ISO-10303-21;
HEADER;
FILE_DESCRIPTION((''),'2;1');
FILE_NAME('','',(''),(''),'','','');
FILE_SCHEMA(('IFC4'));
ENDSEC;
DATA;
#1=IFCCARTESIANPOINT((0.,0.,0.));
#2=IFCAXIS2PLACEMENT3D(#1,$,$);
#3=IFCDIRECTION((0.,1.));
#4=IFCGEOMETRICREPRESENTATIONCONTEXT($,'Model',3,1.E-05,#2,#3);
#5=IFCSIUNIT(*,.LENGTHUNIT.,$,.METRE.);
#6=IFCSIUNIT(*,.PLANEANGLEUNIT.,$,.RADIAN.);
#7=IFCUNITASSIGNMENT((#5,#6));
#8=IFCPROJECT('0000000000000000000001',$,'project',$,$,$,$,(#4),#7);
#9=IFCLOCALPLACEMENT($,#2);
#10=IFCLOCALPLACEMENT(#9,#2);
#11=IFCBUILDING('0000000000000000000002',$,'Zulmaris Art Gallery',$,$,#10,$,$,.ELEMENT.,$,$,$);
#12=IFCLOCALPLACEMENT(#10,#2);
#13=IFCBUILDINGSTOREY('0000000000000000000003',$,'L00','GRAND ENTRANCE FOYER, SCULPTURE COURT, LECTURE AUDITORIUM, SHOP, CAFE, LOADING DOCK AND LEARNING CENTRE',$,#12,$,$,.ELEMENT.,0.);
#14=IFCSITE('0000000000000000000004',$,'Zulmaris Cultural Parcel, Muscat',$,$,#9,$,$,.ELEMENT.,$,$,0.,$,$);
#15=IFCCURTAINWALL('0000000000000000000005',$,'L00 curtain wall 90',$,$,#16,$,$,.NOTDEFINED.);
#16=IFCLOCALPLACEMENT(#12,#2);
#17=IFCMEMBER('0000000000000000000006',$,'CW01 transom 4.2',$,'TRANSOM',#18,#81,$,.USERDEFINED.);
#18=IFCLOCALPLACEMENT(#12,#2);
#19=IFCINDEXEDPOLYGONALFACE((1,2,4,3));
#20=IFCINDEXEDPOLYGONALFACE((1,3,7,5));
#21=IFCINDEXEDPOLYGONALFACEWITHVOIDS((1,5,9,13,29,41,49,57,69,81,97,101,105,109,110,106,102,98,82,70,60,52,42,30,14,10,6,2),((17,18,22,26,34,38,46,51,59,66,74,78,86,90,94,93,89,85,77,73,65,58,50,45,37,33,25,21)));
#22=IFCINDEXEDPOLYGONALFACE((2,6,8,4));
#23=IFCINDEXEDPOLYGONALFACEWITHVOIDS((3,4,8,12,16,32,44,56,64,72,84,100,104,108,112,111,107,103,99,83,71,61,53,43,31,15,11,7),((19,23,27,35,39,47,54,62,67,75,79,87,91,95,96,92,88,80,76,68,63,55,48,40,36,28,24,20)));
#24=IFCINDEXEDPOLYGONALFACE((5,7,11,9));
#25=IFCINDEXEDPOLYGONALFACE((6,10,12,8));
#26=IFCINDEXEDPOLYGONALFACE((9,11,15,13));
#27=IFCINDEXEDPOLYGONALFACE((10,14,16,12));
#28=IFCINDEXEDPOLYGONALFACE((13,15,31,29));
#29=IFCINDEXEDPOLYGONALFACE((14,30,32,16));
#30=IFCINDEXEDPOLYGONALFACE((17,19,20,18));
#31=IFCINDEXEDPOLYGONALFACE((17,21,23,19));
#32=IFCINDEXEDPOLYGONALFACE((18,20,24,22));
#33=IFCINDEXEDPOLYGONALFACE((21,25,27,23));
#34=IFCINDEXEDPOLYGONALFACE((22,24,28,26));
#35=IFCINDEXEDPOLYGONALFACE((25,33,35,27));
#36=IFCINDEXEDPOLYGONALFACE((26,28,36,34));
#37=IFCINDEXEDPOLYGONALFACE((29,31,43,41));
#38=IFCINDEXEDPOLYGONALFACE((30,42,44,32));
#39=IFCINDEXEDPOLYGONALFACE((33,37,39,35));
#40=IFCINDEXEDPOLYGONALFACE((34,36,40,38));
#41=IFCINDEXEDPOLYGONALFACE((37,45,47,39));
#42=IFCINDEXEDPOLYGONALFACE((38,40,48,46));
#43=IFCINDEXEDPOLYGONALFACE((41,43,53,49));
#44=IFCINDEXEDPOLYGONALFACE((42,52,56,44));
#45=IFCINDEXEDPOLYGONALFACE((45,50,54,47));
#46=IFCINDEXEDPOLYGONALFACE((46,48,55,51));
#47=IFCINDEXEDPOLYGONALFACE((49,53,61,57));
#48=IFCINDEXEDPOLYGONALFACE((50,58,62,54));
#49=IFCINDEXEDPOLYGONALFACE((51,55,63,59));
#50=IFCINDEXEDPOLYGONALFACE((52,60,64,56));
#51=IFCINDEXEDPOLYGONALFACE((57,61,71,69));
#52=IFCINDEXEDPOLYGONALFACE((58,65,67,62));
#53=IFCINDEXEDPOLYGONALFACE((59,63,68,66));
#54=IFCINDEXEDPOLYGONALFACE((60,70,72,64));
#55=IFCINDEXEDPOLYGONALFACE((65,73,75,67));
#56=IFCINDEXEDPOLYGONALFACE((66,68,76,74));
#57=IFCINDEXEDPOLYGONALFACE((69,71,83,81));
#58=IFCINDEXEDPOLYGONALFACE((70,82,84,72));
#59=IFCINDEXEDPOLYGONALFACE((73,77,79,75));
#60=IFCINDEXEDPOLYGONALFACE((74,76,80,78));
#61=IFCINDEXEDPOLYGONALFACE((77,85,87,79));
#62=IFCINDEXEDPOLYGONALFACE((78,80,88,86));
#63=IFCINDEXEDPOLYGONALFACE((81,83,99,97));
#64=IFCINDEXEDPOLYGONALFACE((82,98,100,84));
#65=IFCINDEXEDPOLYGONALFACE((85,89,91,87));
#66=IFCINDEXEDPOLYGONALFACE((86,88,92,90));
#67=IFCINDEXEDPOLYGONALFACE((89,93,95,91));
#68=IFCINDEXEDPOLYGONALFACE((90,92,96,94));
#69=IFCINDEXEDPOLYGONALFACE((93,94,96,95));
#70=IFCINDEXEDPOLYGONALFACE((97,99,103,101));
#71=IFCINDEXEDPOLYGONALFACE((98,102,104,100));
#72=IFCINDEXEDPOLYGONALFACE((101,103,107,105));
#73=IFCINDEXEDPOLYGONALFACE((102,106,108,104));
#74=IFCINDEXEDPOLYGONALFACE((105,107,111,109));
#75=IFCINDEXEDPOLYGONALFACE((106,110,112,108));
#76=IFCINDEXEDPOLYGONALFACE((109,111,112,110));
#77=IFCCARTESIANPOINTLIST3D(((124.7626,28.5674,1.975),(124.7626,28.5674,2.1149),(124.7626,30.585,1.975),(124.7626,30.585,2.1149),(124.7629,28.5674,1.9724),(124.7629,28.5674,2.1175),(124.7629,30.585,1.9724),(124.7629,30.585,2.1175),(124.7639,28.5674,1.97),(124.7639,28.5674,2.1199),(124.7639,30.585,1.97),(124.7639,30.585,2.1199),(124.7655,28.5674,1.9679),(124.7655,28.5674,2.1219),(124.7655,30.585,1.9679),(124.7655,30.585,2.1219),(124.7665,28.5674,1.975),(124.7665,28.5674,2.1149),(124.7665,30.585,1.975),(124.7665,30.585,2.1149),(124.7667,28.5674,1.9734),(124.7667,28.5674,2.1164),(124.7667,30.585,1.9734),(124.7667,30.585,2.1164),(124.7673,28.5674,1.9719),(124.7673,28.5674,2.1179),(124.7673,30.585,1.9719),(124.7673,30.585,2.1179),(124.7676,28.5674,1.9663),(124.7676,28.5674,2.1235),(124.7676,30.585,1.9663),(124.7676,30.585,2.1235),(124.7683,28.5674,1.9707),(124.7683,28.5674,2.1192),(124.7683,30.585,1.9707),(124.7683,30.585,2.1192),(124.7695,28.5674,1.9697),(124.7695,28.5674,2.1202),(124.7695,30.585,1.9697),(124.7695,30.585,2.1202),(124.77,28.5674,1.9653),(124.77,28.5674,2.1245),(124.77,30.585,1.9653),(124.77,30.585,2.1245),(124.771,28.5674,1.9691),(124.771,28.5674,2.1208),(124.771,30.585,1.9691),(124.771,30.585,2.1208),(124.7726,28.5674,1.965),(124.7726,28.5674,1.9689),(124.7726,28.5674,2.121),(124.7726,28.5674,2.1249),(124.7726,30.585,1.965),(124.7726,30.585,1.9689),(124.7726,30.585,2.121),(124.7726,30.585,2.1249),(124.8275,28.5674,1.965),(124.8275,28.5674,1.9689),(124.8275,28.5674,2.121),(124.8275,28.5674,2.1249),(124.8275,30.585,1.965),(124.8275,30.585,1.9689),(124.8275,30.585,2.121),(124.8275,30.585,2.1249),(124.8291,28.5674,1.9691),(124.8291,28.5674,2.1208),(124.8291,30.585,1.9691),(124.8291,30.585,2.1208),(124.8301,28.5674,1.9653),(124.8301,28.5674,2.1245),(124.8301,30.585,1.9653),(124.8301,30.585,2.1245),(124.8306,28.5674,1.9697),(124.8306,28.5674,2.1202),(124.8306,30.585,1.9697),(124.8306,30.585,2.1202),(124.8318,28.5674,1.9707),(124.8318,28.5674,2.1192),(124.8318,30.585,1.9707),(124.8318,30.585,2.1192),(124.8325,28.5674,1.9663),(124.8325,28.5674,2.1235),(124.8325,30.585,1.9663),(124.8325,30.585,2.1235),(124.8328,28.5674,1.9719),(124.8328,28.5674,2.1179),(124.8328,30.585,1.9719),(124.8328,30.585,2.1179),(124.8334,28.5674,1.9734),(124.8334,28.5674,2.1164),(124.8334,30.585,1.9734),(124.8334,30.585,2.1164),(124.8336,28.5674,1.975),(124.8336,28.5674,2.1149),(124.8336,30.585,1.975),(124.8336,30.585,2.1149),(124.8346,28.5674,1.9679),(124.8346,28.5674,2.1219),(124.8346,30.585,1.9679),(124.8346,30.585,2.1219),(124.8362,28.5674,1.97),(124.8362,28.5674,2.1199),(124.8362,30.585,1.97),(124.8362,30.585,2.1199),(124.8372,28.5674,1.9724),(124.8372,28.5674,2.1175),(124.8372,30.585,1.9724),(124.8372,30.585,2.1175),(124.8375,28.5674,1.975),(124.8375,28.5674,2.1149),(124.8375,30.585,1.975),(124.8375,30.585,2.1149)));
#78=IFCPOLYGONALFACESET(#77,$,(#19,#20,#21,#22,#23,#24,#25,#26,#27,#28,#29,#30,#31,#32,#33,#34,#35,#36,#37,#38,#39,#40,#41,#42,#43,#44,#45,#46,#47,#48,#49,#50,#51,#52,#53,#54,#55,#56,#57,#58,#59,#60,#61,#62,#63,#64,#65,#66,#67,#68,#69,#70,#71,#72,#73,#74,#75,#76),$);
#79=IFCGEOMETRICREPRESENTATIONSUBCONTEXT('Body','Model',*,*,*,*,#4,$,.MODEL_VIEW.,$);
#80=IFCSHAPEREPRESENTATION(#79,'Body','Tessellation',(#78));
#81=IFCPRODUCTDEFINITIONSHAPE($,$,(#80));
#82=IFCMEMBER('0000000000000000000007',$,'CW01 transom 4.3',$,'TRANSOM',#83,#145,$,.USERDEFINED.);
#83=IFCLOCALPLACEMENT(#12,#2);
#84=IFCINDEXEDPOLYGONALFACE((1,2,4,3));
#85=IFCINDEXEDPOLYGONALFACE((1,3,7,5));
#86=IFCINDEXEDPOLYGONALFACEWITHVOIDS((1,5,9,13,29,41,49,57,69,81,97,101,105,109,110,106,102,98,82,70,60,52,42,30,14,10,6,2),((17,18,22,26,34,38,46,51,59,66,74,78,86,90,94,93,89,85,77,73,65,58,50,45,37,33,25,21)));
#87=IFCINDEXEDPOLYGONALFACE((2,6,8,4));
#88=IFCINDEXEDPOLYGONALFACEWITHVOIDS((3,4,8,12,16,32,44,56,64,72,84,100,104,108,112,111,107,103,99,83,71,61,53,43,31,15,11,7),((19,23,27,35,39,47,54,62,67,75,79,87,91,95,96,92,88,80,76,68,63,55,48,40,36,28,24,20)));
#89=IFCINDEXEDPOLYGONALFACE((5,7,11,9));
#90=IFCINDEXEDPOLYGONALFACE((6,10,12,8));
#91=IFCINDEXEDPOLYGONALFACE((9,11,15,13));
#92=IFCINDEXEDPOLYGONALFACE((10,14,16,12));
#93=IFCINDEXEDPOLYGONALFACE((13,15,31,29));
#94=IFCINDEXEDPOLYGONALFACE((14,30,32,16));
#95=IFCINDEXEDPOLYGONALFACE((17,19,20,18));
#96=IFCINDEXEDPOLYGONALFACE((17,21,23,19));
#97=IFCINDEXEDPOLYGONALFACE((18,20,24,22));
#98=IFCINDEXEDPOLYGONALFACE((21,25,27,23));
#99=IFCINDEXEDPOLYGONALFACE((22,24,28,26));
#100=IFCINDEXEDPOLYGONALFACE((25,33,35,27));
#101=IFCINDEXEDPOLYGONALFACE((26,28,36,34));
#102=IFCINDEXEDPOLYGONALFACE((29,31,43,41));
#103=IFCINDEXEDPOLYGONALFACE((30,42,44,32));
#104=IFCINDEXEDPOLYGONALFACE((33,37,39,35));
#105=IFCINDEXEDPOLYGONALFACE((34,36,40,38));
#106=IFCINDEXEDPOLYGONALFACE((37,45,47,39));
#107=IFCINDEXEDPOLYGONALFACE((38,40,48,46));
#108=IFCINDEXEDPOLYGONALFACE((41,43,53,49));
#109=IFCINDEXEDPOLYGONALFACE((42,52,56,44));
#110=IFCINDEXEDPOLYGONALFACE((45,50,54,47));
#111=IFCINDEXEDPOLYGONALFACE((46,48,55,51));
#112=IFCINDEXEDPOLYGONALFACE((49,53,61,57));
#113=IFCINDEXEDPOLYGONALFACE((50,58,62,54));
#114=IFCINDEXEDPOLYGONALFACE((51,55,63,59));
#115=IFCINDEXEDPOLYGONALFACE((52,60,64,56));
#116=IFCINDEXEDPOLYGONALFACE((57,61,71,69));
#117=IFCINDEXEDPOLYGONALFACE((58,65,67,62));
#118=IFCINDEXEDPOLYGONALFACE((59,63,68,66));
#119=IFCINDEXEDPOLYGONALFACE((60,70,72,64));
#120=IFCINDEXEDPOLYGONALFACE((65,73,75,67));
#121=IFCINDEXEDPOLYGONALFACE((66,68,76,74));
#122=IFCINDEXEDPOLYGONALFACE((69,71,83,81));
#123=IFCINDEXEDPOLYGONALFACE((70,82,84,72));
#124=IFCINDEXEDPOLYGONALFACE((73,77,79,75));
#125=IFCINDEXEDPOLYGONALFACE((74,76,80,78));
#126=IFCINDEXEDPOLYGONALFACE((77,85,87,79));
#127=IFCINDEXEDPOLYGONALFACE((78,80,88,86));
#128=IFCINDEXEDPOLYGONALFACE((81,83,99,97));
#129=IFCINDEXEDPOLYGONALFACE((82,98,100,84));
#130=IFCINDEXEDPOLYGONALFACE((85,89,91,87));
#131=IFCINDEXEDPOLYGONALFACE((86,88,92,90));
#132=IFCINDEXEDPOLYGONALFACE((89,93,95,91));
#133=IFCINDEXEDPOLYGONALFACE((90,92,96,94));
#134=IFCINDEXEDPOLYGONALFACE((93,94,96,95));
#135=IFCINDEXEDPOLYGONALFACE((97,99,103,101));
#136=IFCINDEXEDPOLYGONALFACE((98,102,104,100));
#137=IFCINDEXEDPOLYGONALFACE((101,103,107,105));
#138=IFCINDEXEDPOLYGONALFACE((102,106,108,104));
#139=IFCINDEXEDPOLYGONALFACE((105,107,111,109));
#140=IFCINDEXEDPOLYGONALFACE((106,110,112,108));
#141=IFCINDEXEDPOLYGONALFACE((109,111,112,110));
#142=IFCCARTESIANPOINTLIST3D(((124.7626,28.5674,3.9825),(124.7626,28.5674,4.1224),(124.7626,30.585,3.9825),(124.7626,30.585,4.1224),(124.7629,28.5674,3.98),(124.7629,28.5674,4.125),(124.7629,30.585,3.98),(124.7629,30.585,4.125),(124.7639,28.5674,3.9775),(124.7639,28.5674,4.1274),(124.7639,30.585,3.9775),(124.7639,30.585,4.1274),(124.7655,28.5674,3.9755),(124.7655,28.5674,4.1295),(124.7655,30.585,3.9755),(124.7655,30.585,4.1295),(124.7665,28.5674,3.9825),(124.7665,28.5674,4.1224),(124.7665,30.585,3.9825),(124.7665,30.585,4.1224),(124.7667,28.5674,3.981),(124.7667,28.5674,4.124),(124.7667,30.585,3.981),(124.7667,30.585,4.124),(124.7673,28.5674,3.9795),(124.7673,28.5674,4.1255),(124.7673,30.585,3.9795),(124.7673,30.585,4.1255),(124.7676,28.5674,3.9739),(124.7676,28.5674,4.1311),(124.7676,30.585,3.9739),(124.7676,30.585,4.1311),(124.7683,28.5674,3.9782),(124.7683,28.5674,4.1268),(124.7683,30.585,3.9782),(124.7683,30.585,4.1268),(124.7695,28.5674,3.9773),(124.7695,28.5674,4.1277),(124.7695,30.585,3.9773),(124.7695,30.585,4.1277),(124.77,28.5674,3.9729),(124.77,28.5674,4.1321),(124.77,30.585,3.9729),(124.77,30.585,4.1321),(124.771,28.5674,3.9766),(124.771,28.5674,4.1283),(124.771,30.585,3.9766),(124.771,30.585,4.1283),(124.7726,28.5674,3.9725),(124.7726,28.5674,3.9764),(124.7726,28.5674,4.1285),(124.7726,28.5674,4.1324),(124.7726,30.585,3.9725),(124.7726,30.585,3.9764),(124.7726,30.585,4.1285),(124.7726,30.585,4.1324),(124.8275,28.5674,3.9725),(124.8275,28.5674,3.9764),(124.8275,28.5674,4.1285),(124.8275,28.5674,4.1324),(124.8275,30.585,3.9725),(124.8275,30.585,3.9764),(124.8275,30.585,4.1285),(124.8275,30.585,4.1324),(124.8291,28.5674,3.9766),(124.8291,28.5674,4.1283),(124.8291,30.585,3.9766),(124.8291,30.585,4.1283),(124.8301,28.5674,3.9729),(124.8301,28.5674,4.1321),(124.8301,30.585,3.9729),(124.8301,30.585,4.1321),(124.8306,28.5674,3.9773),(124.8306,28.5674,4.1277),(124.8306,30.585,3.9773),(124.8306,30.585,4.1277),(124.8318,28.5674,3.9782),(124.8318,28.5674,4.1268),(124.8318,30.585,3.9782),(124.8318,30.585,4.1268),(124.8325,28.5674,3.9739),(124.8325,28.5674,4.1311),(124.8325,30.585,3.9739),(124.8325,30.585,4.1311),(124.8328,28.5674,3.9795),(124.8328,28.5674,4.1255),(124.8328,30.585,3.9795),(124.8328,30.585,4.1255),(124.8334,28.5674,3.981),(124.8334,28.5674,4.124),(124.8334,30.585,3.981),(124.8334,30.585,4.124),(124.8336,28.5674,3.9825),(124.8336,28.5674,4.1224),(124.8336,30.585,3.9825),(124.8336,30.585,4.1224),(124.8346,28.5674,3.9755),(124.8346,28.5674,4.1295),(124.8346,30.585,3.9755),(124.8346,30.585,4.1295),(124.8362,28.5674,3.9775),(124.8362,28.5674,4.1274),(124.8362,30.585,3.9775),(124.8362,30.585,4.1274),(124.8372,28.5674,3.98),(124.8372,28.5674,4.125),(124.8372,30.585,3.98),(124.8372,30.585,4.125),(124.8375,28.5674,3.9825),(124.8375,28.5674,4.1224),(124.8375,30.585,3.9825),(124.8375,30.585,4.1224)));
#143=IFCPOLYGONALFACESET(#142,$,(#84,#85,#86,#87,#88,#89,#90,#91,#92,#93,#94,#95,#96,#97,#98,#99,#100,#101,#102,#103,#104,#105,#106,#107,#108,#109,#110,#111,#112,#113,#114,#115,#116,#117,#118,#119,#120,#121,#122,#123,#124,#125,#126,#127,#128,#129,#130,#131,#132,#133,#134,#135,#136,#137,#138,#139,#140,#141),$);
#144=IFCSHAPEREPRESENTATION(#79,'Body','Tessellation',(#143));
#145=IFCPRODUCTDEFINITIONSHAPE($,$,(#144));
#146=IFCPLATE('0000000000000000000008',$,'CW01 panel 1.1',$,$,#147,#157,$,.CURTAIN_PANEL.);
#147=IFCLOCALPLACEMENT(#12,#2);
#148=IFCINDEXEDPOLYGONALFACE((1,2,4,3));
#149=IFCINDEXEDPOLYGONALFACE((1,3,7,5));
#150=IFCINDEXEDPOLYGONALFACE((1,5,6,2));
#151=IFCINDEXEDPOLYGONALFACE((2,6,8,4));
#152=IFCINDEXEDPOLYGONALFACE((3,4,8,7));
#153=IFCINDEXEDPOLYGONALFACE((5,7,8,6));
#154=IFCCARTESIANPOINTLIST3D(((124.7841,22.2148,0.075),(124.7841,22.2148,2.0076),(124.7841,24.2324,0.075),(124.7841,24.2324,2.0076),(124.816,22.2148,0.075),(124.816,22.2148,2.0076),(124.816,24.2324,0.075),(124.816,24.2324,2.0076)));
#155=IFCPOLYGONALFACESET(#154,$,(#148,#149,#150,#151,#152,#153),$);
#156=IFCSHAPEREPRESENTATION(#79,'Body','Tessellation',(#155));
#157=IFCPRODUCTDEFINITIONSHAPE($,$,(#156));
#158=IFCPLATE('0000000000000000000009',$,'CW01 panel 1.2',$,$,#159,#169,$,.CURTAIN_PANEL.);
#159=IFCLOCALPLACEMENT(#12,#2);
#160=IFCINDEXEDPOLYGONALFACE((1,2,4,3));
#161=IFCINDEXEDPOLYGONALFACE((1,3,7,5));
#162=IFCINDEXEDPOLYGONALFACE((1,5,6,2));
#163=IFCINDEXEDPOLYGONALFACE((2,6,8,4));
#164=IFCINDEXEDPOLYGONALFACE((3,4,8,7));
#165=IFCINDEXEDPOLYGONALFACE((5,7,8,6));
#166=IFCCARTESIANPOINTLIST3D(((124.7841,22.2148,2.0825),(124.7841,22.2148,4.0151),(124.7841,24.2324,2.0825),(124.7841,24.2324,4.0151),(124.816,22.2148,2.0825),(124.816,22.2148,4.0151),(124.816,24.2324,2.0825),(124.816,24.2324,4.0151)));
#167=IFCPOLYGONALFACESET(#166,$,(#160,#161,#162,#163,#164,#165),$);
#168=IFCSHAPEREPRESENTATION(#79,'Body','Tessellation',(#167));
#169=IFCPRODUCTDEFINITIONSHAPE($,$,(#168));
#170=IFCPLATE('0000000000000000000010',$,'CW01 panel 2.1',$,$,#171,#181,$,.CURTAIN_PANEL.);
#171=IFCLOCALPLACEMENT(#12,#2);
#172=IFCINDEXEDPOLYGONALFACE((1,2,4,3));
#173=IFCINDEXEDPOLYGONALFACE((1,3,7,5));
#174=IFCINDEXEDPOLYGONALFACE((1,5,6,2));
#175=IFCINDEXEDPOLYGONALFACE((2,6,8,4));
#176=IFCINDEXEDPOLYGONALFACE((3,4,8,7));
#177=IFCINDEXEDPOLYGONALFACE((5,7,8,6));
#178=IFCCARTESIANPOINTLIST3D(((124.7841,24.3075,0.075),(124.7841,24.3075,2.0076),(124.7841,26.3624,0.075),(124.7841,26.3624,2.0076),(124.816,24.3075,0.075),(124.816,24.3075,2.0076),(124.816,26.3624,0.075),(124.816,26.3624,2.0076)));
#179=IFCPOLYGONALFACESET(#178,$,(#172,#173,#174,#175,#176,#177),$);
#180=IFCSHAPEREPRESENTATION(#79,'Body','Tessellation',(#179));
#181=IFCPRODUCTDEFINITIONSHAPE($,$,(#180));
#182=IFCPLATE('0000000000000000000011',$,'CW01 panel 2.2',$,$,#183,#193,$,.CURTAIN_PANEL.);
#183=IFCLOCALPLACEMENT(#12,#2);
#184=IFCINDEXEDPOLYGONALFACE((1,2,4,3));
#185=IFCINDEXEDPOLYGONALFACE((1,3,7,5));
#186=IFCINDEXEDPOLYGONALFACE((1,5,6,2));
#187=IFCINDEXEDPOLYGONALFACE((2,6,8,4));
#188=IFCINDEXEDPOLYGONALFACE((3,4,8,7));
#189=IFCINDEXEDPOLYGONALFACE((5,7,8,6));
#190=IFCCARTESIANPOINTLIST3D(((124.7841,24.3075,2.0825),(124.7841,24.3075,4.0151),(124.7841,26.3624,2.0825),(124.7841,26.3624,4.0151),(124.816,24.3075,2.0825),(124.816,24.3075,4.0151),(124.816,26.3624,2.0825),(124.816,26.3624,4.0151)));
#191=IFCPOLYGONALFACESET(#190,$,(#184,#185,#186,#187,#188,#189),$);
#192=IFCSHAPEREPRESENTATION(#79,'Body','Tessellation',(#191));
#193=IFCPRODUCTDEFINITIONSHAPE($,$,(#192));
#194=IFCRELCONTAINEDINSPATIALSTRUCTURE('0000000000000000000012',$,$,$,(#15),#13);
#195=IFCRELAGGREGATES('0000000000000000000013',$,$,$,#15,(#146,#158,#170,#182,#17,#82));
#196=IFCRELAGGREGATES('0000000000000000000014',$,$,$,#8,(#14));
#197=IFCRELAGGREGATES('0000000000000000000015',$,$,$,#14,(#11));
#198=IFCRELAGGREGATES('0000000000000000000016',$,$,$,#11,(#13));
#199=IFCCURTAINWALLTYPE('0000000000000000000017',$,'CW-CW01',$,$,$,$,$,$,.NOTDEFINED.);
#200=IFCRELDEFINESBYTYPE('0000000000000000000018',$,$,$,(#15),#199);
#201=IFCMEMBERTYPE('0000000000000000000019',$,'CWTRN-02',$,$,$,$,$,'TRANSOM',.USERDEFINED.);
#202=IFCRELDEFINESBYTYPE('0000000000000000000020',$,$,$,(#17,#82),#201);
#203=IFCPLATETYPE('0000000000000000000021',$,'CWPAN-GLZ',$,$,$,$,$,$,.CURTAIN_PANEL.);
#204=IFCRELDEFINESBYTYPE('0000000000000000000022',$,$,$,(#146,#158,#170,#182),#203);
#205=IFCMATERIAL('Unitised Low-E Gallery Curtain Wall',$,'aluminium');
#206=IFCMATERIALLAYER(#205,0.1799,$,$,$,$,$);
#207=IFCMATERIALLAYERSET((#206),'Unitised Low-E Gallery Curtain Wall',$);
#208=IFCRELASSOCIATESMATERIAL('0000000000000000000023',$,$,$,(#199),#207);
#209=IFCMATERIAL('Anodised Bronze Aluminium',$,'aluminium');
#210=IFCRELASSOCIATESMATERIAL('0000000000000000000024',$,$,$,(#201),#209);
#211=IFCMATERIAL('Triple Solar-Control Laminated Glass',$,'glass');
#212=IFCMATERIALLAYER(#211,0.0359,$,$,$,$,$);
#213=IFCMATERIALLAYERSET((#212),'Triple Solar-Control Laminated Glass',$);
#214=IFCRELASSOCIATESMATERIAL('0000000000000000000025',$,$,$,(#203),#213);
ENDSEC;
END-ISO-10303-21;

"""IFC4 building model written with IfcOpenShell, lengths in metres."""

from ifc_helpers import new_model, si_unit, direction, frame, origin, origin_2d, place, context, subcontext, project, spatial, rectangle, hollow_rectangle, extrude, material, layer, layer_set, material_profile, profile_set, type_object, element, aggregate, save


model = new_model("IFC4")

# Units and contexts
model_context = context("Model", 3, precision=1e-05, world=origin(), true_north=direction((0.0, 1.0)))
body_context = subcontext(model_context, "Body", "Model", "MODEL_VIEW")
ifc_project = project(units=[si_unit("LENGTHUNIT", "METRE"), si_unit("PLANEANGLEUNIT", "RADIAN")], contexts=[model_context])

# Site, building, storey
site_placement = place(None, origin())
site = spatial("IfcSite", under=ifc_project, at=site_placement, Name="Zulmaris Cultural Parcel, Muscat", CompositionType="ELEMENT", RefElevation=0.0)
building_placement = place(site_placement, origin())
building = spatial("IfcBuilding", under=site, at=building_placement, Name="Zulmaris Art Gallery", CompositionType="ELEMENT")
storey_placement = place(building_placement, origin())
storey = spatial("IfcBuildingStorey", under=building, at=storey_placement, Name="L00", Description="GRAND ENTRANCE FOYER, SCULPTURE COURT, LECTURE AUDITORIUM, SHOP, CAFE, LOADING DOCK AND LEARNING CENTRE", CompositionType="ELEMENT", Elevation=0.0)

# Curtain wall
ifc_material_1 = material(Name="Unitised Low-E Gallery Curtain Wall", Category="aluminium")
ifc_layer_1 = layer(ifc_material_1, 0.1799)
ifc_layer_set_1 = layer_set([ifc_layer_1], Name="Unitised Low-E Gallery Curtain Wall")
curtain_wall_type_1 = type_object("IfcCurtainWallType", Name="CW-CW01", PredefinedType="NOTDEFINED", material=ifc_layer_set_1)
curtain_wall_1_placement = place(storey_placement, origin())
curtain_wall_1 = element("IfcCurtainWall", 1, at=curtain_wall_1_placement, inside=storey, type_object=curtain_wall_type_1, Name="L00 curtain wall 90", PredefinedType="NOTDEFINED")
ifc_material_2 = material(Name="Anodised Bronze Aluminium", Category="aluminium")

# Members
ifc_material_profile_1 = material_profile(ifc_material_2, hollow_rectangle(XDim=0.075, YDim=0.1599, WallThickness=0.0039, InnerFilletRadius=0.0061, OuterFilletRadius=0.01, at=origin_2d()), Name="ALU 75x160x4")
ifc_profile_set_1 = profile_set([ifc_material_profile_1], Name="Anodised Bronze Aluminium")
member_type_1 = type_object("IfcMemberType", Name="CWTRN-02", ElementType="TRANSOM", PredefinedType="USERDEFINED", material=ifc_profile_set_1)
member_1_placement = place(storey_placement, frame((124.8, 28.5674, 2.0449), z_axis=(0.0, 1.0, 0.0), x_axis=(-1.0, 0.0, 0.0)))
member_1 = element("IfcMember", 2, at=member_1_placement, type_object=member_type_1, Name="CW01 transom 4.2", ObjectType="TRANSOM", PredefinedType="USERDEFINED", context=body_context, shape_type="SweptSolid", body=[
    extrude(hollow_rectangle(XDim=0.075, YDim=0.1599, WallThickness=0.0039, InnerFilletRadius=0.0061, OuterFilletRadius=0.01, at=origin_2d()), origin(), (0.0, 0.0, 1.0), 2.0176),
])
member_2_placement = place(storey_placement, frame((124.8, 28.5674, 4.0525), z_axis=(0.0, 1.0, 0.0), x_axis=(-1.0, 0.0, 0.0)))
member_2 = element("IfcMember", 3, at=member_2_placement, type_object=member_type_1, Name="CW01 transom 4.3", ObjectType="TRANSOM", PredefinedType="USERDEFINED", context=body_context, shape_type="SweptSolid", body=[
    extrude(hollow_rectangle(XDim=0.075, YDim=0.1599, WallThickness=0.0039, InnerFilletRadius=0.0061, OuterFilletRadius=0.01, at=origin_2d()), origin(), (0.0, 0.0, 1.0), 2.0176),
])

# Plates
ifc_material_3 = material(Name="Triple Solar-Control Laminated Glass", Category="glass")
ifc_layer_2 = layer(ifc_material_3, 0.0359)
ifc_layer_set_2 = layer_set([ifc_layer_2], Name="Triple Solar-Control Laminated Glass")
plate_type = type_object("IfcPlateType", Name="CWPAN-GLZ", PredefinedType="CURTAIN_PANEL", material=ifc_layer_set_2)
plate_1_placement = place(storey_placement, frame((124.8, 23.2236, 0.075), z_axis=(0.0, 0.0, 1.0), x_axis=(0.0, 1.0, 0.0)))
plate_1 = element("IfcPlate", 4, at=plate_1_placement, type_object=plate_type, Name="CW01 panel 1.1", PredefinedType="CURTAIN_PANEL", context=body_context, shape_type="SweptSolid", body=[
    extrude(rectangle(XDim=2.0176, YDim=0.032, at=origin_2d()), origin(), (0.0, 0.0, 1.0), 1.9326),
])
plate_2_placement = place(storey_placement, frame((124.8, 23.2236, 2.0825), z_axis=(0.0, 0.0, 1.0), x_axis=(0.0, 1.0, 0.0)))
plate_2 = element("IfcPlate", 5, at=plate_2_placement, type_object=plate_type, Name="CW01 panel 1.2", PredefinedType="CURTAIN_PANEL", context=body_context, shape_type="SweptSolid", body=[
    extrude(rectangle(XDim=2.0176, YDim=0.032, at=origin_2d()), origin(), (0.0, 0.0, 1.0), 1.9326),
])
plate_3_placement = place(storey_placement, frame((124.8, 25.335, 0.075), z_axis=(0.0, 0.0, 1.0), x_axis=(0.0, 1.0, 0.0)))
plate_3 = element("IfcPlate", 6, at=plate_3_placement, type_object=plate_type, Name="CW01 panel 2.1", PredefinedType="CURTAIN_PANEL", context=body_context, shape_type="SweptSolid", body=[
    extrude(rectangle(XDim=2.0549, YDim=0.032, at=origin_2d()), origin(), (0.0, 0.0, 1.0), 1.9326),
])
plate_4_placement = place(storey_placement, frame((124.8, 25.335, 2.0825), z_axis=(0.0, 0.0, 1.0), x_axis=(0.0, 1.0, 0.0)))
plate_4 = element("IfcPlate", 7, at=plate_4_placement, type_object=plate_type, Name="CW01 panel 2.2", PredefinedType="CURTAIN_PANEL", context=body_context, shape_type="SweptSolid", body=[
    extrude(rectangle(XDim=2.0549, YDim=0.032, at=origin_2d()), origin(), (0.0, 0.0, 1.0), 1.9326),
])
aggregate(curtain_wall_1, [plate_1, plate_2, plate_3, plate_4, member_1, member_2])

save(model, "model.ifc")
